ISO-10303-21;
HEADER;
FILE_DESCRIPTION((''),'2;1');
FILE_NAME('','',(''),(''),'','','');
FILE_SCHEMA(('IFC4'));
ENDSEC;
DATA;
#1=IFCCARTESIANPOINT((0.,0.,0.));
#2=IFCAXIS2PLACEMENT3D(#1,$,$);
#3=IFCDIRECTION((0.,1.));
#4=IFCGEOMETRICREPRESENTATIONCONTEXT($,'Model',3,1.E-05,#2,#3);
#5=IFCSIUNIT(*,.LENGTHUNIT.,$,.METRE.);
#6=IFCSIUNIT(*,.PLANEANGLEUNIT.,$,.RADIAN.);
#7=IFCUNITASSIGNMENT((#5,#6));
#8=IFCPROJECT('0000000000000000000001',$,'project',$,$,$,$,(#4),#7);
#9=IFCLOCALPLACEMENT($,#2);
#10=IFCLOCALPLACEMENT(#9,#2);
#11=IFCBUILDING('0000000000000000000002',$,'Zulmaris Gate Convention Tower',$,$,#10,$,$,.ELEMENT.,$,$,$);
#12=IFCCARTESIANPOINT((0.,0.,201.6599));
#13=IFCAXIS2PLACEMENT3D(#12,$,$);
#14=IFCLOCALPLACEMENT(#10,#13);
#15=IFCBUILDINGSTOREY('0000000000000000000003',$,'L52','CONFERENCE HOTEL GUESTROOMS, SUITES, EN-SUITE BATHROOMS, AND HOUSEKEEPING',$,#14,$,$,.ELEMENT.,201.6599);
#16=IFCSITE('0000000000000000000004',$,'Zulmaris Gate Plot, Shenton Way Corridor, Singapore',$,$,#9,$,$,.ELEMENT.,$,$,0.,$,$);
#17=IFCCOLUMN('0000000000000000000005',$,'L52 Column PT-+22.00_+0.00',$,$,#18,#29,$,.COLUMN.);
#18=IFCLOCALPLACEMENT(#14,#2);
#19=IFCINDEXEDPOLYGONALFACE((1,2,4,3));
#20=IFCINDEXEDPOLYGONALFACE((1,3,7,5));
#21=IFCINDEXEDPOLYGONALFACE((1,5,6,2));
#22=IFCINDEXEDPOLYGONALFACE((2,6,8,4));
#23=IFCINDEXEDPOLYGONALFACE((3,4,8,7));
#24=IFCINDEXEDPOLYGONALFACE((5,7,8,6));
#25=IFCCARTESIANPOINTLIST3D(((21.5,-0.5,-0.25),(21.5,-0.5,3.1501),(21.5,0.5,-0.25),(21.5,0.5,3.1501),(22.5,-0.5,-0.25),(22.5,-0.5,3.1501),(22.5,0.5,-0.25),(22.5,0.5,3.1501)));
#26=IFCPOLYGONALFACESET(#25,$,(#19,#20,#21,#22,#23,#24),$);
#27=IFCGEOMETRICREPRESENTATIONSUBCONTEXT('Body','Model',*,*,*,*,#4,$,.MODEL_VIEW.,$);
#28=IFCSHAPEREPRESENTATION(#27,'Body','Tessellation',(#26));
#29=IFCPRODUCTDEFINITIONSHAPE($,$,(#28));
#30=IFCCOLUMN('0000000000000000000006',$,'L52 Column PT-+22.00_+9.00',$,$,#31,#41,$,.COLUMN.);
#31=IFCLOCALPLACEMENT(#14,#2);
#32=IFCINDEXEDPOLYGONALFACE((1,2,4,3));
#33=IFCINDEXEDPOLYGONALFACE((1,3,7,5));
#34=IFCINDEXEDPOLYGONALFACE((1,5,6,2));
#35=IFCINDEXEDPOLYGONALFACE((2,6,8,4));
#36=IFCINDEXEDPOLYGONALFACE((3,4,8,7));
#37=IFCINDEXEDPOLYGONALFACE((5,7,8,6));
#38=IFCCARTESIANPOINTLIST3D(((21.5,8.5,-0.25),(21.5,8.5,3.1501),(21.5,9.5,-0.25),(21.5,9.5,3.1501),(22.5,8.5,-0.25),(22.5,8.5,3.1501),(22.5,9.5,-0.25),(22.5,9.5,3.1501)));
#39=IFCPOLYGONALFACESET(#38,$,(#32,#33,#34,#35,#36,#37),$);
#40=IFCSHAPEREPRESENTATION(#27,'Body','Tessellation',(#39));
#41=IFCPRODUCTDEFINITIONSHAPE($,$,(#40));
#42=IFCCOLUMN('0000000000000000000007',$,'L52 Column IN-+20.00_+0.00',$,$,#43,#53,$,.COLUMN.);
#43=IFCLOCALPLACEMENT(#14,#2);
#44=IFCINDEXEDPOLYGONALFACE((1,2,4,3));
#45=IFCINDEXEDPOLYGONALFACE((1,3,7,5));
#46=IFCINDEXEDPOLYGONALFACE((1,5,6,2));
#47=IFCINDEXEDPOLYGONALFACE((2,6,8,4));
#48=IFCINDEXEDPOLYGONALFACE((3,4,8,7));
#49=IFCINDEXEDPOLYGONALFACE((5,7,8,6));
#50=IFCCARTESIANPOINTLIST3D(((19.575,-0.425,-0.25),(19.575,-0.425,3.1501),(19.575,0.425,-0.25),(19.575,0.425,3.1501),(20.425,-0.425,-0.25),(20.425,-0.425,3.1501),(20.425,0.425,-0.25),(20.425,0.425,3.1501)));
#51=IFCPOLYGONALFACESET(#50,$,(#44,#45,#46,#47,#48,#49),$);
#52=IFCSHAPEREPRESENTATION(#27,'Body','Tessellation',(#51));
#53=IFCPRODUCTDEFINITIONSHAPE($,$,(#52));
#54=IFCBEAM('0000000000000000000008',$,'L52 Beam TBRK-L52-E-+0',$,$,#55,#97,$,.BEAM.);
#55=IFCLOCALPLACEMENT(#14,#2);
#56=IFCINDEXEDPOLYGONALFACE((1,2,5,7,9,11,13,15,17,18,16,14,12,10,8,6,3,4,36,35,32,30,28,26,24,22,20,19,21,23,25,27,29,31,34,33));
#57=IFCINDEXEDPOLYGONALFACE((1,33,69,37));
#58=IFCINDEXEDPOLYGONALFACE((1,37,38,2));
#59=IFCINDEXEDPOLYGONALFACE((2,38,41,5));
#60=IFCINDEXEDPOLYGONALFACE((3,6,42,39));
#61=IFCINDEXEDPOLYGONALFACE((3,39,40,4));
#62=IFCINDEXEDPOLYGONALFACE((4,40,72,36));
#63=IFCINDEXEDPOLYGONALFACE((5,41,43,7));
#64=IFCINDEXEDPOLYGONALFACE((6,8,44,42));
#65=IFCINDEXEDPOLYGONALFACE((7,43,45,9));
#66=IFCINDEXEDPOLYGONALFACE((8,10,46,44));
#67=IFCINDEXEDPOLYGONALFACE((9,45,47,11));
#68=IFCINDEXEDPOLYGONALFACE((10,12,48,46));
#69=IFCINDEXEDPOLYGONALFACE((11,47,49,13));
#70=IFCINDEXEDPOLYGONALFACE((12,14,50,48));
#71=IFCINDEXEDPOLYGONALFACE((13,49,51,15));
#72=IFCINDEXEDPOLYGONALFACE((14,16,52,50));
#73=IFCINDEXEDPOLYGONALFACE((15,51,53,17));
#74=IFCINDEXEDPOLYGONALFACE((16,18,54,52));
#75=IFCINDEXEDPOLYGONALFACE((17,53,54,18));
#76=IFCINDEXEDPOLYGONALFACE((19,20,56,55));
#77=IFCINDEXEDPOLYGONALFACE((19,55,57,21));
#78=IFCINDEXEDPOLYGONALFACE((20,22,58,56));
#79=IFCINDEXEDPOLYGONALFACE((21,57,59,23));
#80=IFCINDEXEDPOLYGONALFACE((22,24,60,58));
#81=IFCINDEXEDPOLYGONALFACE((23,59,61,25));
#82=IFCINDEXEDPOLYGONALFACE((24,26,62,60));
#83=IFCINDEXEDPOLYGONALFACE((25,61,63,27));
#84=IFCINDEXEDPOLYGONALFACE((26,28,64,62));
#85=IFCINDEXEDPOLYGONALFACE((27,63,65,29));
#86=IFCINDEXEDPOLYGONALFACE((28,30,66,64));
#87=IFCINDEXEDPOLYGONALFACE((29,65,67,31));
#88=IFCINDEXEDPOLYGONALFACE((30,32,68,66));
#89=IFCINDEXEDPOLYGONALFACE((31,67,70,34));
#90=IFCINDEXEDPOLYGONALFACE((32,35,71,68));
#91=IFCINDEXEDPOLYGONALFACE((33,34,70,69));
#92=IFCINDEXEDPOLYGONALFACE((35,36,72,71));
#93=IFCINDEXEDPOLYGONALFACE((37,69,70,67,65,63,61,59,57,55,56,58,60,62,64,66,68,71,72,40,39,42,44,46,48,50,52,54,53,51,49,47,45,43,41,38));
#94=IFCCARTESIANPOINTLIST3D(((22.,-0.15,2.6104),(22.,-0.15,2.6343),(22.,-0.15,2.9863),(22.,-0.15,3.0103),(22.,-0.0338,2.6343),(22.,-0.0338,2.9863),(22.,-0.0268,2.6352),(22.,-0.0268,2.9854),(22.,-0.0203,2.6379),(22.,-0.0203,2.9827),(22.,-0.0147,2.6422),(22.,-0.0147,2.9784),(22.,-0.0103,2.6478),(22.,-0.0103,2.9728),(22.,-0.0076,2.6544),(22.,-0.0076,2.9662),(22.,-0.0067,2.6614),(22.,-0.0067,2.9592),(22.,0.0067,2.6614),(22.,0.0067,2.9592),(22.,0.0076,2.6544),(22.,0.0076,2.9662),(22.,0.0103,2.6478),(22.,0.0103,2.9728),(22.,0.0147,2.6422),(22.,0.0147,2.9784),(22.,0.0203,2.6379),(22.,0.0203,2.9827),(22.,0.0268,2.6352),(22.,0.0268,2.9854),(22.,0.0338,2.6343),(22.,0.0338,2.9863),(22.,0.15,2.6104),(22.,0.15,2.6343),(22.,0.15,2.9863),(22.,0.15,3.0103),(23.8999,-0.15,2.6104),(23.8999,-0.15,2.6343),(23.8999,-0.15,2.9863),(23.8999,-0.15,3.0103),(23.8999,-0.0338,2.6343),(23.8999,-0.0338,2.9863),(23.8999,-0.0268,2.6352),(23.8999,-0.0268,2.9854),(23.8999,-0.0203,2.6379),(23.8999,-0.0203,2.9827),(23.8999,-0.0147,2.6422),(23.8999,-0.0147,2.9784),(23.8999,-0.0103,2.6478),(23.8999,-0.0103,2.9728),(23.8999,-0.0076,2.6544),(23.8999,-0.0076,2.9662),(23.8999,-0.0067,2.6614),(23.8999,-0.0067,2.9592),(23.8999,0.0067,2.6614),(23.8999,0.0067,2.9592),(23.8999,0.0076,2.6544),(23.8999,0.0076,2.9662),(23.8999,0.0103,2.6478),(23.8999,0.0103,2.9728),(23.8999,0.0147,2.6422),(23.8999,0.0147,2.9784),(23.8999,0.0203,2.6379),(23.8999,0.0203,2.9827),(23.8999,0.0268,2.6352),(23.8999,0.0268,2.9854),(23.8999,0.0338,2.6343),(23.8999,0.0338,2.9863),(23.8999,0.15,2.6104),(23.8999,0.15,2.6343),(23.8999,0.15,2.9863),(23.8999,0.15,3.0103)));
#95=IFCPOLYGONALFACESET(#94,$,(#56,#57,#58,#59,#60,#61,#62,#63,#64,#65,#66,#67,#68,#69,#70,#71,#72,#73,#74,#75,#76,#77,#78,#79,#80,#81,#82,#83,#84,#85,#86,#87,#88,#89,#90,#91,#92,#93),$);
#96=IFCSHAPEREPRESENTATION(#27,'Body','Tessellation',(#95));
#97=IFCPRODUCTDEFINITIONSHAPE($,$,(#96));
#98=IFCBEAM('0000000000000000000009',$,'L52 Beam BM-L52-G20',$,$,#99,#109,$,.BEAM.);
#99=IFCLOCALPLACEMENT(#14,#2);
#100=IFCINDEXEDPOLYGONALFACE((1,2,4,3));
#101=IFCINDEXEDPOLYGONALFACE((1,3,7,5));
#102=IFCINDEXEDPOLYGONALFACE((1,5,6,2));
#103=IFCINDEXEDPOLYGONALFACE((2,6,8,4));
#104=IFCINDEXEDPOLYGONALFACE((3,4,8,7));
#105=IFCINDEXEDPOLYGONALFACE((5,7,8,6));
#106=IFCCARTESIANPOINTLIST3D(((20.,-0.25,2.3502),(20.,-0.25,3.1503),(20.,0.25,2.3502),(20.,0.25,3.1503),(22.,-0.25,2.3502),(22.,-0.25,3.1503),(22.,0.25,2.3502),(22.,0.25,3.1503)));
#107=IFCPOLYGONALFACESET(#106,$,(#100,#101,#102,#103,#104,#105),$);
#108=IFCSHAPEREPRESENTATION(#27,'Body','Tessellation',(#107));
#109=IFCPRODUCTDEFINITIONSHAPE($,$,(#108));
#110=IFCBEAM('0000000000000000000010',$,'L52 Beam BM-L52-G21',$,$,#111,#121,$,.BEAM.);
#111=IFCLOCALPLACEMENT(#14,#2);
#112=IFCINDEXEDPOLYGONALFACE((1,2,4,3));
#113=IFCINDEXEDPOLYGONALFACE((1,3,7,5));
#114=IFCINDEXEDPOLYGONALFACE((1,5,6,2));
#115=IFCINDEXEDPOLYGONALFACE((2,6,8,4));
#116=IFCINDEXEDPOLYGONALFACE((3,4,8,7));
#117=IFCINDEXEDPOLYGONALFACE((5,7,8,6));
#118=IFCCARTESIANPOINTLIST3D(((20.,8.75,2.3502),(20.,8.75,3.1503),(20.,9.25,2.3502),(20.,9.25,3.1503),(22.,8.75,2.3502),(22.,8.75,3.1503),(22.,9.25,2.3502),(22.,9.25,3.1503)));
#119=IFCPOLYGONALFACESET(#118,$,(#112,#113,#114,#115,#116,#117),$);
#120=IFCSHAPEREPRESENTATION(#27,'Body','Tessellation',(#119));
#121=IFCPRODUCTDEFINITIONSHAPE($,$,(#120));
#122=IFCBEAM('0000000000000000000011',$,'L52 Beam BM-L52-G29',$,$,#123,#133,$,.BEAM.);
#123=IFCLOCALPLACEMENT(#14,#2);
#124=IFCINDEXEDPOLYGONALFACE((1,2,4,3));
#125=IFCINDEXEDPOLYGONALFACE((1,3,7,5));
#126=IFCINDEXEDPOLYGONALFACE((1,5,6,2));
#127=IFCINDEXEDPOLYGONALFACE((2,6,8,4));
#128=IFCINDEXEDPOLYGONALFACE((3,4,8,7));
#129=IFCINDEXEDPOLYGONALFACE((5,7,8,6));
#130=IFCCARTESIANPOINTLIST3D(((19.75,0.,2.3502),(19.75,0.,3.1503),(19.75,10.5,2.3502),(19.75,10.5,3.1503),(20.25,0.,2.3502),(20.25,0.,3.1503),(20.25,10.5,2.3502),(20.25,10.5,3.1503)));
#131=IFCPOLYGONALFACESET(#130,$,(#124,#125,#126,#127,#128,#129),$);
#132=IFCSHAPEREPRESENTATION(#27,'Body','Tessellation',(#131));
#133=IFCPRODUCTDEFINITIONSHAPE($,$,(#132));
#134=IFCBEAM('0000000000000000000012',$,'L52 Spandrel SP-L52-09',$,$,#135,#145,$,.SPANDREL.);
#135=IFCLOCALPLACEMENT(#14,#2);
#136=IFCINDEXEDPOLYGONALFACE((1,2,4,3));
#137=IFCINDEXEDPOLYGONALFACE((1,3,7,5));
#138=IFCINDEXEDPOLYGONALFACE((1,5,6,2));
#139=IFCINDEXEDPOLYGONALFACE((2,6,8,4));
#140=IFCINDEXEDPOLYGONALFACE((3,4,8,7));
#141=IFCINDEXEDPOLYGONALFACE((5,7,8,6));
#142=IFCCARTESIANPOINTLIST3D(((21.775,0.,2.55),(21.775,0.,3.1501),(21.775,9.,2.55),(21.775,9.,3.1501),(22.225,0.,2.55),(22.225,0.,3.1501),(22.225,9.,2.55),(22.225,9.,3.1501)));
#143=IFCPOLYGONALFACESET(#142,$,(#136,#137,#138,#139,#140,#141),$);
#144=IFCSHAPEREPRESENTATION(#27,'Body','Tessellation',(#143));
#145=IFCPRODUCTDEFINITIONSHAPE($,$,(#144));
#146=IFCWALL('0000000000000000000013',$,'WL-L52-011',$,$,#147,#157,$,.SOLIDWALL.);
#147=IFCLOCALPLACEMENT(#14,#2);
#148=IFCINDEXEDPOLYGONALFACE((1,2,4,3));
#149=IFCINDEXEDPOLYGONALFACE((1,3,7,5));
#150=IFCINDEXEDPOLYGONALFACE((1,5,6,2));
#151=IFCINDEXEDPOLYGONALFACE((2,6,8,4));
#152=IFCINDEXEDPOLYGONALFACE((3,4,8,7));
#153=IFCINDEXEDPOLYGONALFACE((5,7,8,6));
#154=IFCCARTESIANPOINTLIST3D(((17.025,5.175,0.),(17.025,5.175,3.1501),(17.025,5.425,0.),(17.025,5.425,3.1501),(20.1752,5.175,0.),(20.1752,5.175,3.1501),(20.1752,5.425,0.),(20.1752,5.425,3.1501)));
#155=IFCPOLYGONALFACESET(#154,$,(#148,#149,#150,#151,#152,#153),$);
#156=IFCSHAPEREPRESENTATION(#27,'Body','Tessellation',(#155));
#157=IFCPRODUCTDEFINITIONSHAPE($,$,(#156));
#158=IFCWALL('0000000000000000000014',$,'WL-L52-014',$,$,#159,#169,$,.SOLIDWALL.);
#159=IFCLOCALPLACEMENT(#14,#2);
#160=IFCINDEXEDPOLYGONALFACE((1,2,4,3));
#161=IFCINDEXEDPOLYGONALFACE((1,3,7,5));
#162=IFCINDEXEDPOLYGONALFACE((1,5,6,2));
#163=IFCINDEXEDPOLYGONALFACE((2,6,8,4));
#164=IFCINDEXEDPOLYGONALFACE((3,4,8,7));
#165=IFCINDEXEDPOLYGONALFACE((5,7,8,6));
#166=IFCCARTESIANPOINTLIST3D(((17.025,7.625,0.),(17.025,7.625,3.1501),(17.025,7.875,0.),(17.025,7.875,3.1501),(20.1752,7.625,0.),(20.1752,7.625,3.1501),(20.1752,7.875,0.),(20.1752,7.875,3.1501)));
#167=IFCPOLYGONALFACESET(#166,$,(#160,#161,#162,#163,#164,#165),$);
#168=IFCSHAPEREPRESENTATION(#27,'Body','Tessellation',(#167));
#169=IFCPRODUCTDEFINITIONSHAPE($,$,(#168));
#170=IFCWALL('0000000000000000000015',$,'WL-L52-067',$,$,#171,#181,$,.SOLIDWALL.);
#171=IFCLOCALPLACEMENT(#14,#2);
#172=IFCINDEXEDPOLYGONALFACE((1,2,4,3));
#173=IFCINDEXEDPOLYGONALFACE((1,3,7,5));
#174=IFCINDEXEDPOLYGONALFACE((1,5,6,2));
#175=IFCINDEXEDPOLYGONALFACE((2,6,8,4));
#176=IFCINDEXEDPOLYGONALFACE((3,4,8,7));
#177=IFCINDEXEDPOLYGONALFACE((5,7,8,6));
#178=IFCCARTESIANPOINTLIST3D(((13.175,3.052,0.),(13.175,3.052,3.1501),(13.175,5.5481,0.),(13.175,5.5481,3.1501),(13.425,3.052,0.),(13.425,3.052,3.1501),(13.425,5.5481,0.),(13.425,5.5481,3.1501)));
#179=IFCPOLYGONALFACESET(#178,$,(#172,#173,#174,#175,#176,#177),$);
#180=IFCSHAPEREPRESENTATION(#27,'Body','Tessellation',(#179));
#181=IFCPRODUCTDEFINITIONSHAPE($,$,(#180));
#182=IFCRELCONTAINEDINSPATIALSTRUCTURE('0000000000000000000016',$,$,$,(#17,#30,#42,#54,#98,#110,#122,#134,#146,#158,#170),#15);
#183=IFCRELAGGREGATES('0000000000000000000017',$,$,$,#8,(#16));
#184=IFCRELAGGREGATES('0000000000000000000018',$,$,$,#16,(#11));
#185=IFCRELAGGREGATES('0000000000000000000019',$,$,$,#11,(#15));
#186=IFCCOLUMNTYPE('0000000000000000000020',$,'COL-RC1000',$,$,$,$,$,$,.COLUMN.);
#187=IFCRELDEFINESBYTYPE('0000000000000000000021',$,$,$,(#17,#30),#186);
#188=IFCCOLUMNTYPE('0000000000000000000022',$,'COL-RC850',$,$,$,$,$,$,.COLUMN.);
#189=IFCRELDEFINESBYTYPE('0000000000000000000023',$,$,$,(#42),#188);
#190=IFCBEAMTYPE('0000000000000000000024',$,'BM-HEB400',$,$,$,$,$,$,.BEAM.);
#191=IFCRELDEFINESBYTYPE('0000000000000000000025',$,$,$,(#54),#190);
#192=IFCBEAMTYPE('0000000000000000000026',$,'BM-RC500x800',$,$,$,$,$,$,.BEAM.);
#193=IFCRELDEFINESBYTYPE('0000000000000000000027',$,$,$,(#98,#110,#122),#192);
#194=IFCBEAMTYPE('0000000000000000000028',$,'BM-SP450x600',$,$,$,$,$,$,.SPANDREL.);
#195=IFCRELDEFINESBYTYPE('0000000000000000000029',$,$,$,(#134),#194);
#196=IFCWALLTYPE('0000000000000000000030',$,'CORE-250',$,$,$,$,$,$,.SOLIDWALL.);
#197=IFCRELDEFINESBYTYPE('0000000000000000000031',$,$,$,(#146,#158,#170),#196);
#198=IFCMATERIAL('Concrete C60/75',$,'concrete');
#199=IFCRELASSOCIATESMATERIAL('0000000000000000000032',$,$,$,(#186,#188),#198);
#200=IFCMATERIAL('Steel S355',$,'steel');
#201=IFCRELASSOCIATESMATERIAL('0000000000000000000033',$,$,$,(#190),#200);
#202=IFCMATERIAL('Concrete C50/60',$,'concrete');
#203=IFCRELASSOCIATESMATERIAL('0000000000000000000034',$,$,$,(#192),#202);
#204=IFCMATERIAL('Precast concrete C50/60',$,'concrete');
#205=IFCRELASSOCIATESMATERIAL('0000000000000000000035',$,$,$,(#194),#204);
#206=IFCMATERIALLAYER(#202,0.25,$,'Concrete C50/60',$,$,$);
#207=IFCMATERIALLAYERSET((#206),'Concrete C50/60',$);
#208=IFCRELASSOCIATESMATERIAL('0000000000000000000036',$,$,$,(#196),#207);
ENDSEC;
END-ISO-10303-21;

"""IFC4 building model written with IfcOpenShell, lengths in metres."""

from ifc_helpers import new_model, si_unit, direction, frame, frame_2d, origin, origin_2d, place, context, subcontext, project, spatial, rectangle, i_section, extrude, material, layer, layer_set, material_profile, profile_set, type_object, element, save


model = new_model("IFC4")

# Units and contexts
model_context = context("Model", 3, precision=1e-05, world=origin(), true_north=direction((0.0, 1.0)))
body_context = subcontext(model_context, "Body", "Model", "MODEL_VIEW")
ifc_project = project(units=[si_unit("LENGTHUNIT", "METRE"), si_unit("PLANEANGLEUNIT", "RADIAN")], contexts=[model_context])

# Site, building, storey
site_placement = place(None, origin())
site = spatial("IfcSite", under=ifc_project, at=site_placement, Name="Zulmaris Gate Plot, Shenton Way Corridor, Singapore", CompositionType="ELEMENT", RefElevation=0.0)
building_placement = place(site_placement, origin())
building = spatial("IfcBuilding", under=site, at=building_placement, Name="Zulmaris Gate Convention Tower", CompositionType="ELEMENT")
storey_placement = place(building_placement, frame((0.0, 0.0, 201.6599)))
storey = spatial("IfcBuildingStorey", under=building, at=storey_placement, Name="L52", Description="CONFERENCE HOTEL GUESTROOMS, SUITES, EN-SUITE BATHROOMS, AND HOUSEKEEPING", CompositionType="ELEMENT", Elevation=201.6599)

# Columns
ifc_material_1 = material(Name="Concrete C60/75", Category="concrete")
ifc_material_profile_1 = material_profile(ifc_material_1, rectangle(XDim=1.0, YDim=1.0, at=origin_2d()), Name="RC COL 1000x1000")
ifc_profile_set_1 = profile_set([ifc_material_profile_1], Name="Concrete C60/75")
column_type_1 = type_object("IfcColumnType", Name="COL-RC1000", PredefinedType="COLUMN", material=ifc_profile_set_1)
for number, where, z_axis, x_axis, name in (
    (1, (22.0, 0.0, -0.25), (0.0, 0.0, 1.0), (1.0, 0.0, 0.0), "L52 Column PT-+22.00_+0.00"),
    (2, (22.0, 9.0, -0.25), (0.0, 0.0, 1.0), (1.0, 0.0, 0.0), "L52 Column PT-+22.00_+9.00"),
):
    element("IfcColumn", number, at=place(storey_placement, frame(where, z_axis=z_axis, x_axis=x_axis)), inside=storey, type_object=column_type_1, Name=name, PredefinedType="COLUMN", context=body_context, shape_type="SweptSolid", body=[
        extrude(rectangle(XDim=1.0, YDim=1.0, at=origin_2d()), origin(), (0.0, 0.0, 1.0), 3.4001),
    ])
ifc_material_profile_2 = material_profile(ifc_material_1, rectangle(XDim=0.8501, YDim=0.8501, at=origin_2d()), Name="RC COL 850x850")
ifc_profile_set_2 = profile_set([ifc_material_profile_2], Name="Concrete C60/75")
column_type_2 = type_object("IfcColumnType", Name="COL-RC850", PredefinedType="COLUMN", material=ifc_profile_set_2)
column_placement = place(storey_placement, frame((20.0, 0.0, -0.25), z_axis=(0.0, 0.0, 1.0), x_axis=(1.0, 0.0, 0.0)))
element("IfcColumn", 3, at=column_placement, inside=storey, type_object=column_type_2, Name="L52 Column IN-+20.00_+0.00", PredefinedType="COLUMN", context=body_context, shape_type="SweptSolid", body=[
    extrude(rectangle(XDim=0.8501, YDim=0.8501, at=origin_2d()), origin(), (0.0, 0.0, 1.0), 3.4001),
])

# Beams
ifc_material_2 = material(Name="Steel S355", Category="steel")
ifc_material_profile_3 = material_profile(ifc_material_2, i_section(OverallWidth=0.3, OverallDepth=0.3999, WebThickness=0.0134, FlangeThickness=0.0239, FilletRadius=0.0271, at=origin_2d()), Name="HEB 400")
ifc_profile_set_3 = profile_set([ifc_material_profile_3], Name="Steel S355")
beam_type_1 = type_object("IfcBeamType", Name="BM-HEB400", PredefinedType="BEAM", material=ifc_profile_set_3)
beam_1_placement = place(storey_placement, frame((22.0, 0.0, 2.8103), z_axis=(1.0, 0.0, 0.0), x_axis=(0.0, 1.0, 0.0)))
element("IfcBeam", 4, at=beam_1_placement, inside=storey, type_object=beam_type_1, Name="L52 Beam TBRK-L52-E-+0", PredefinedType="BEAM", context=body_context, shape_type="SweptSolid", body=[
    extrude(i_section(OverallWidth=0.3, OverallDepth=0.3999, WebThickness=0.0134, FlangeThickness=0.0239, FilletRadius=0.0271, at=origin_2d()), origin(), (0.0, 0.0, 1.0), 1.8999),
])
ifc_material_3 = material(Name="Concrete C50/60", Category="concrete")
ifc_material_profile_4 = material_profile(ifc_material_3, rectangle(XDim=0.5, YDim=0.8, at=origin_2d()), Name="RC BEAM 500x800")
ifc_profile_set_4 = profile_set([ifc_material_profile_4], Name="Concrete C50/60")
beam_type_2 = type_object("IfcBeamType", Name="BM-RC500x800", PredefinedType="BEAM", material=ifc_profile_set_4)
for number, where, z_axis, x_axis, name in (
    (5, (20.0, 0.0, 2.7502), (1.0, 0.0, 0.0), (0.0, 1.0, 0.0), "L52 Beam BM-L52-G20"),
    (6, (20.0, 9.0, 2.7502), (1.0, 0.0, 0.0), (0.0, 1.0, 0.0), "L52 Beam BM-L52-G21"),
):
    element("IfcBeam", number, at=place(storey_placement, frame(where, z_axis=z_axis, x_axis=x_axis)), inside=storey, type_object=beam_type_2, Name=name, PredefinedType="BEAM", context=body_context, shape_type="SweptSolid", body=[
        extrude(rectangle(XDim=0.5, YDim=0.8, at=origin_2d()), origin(), (0.0, 0.0, 1.0), 2.0),
    ])
beam_2_placement = place(storey_placement, frame((20.0, 0.0, 2.7502), z_axis=(0.0, 1.0, 0.0), x_axis=(-1.0, 0.0, 0.0)))
element("IfcBeam", 7, at=beam_2_placement, inside=storey, type_object=beam_type_2, Name="L52 Beam BM-L52-G29", PredefinedType="BEAM", context=body_context, shape_type="SweptSolid", body=[
    extrude(rectangle(XDim=0.5, YDim=0.8, at=origin_2d()), origin(), (0.0, 0.0, 1.0), 10.5),
])
ifc_material_4 = material(Name="Precast concrete C50/60", Category="concrete")
ifc_material_profile_5 = material_profile(ifc_material_4, rectangle(XDim=0.45, YDim=0.6001, at=origin_2d()), Name="RC SPANDREL 450x600")
ifc_profile_set_5 = profile_set([ifc_material_profile_5], Name="Precast concrete C50/60")
beam_type_3 = type_object("IfcBeamType", Name="BM-SP450x600", PredefinedType="SPANDREL", material=ifc_profile_set_5)
beam_3_placement = place(storey_placement, frame((22.0, 0.0, 2.8501), z_axis=(0.0, 1.0, 0.0), x_axis=(-1.0, 0.0, 0.0)))
element("IfcBeam", 8, at=beam_3_placement, inside=storey, type_object=beam_type_3, Name="L52 Spandrel SP-L52-09", PredefinedType="SPANDREL", context=body_context, shape_type="SweptSolid", body=[
    extrude(rectangle(XDim=0.45, YDim=0.6001, at=origin_2d()), origin(), (0.0, 0.0, 1.0), 9.0),
])

# Walls
ifc_layer_1 = layer(ifc_material_3, 0.25, Name="Concrete C50/60")
ifc_layer_set_1 = layer_set([ifc_layer_1], Name="Concrete C50/60")
wall_type_1 = type_object("IfcWallType", Name="CORE-250", PredefinedType="SOLIDWALL", material=ifc_layer_set_1)
for number, where, z_axis, x_axis, name in (
    (9, (17.0249, 5.3, 0.0), (0.0, 0.0, 1.0), (1.0, 0.0, 0.0), "WL-L52-011"),
    (10, (17.0249, 7.75, 0.0), (0.0, 0.0, 1.0), (1.0, 0.0, 0.0), "WL-L52-014"),
):
    element("IfcWall", number, at=place(storey_placement, frame(where, z_axis=z_axis, x_axis=x_axis)), inside=storey, type_object=wall_type_1, Name=name, PredefinedType="SOLIDWALL", context=body_context, shape_type="SweptSolid", body=[
        extrude(rectangle(XDim=3.1501, YDim=0.25, at=frame_2d((1.5752, 0.0))), origin(), (0.0, 0.0, 1.0), 3.1501),
    ])
wall_1_placement = place(storey_placement, frame((13.3, 3.052, 0.0), z_axis=(0.0, 0.0, 1.0), x_axis=(0.0, 1.0, 0.0)))
element("IfcWall", 11, at=wall_1_placement, inside=storey, type_object=wall_type_1, Name="WL-L52-067", PredefinedType="SOLIDWALL", context=body_context, shape_type="SweptSolid", body=[
    extrude(rectangle(XDim=2.4961, YDim=0.25, at=frame_2d((1.248, 0.0))), origin(), (0.0, 0.0, 1.0), 3.1501),
])

save(model, "model.ifc")
